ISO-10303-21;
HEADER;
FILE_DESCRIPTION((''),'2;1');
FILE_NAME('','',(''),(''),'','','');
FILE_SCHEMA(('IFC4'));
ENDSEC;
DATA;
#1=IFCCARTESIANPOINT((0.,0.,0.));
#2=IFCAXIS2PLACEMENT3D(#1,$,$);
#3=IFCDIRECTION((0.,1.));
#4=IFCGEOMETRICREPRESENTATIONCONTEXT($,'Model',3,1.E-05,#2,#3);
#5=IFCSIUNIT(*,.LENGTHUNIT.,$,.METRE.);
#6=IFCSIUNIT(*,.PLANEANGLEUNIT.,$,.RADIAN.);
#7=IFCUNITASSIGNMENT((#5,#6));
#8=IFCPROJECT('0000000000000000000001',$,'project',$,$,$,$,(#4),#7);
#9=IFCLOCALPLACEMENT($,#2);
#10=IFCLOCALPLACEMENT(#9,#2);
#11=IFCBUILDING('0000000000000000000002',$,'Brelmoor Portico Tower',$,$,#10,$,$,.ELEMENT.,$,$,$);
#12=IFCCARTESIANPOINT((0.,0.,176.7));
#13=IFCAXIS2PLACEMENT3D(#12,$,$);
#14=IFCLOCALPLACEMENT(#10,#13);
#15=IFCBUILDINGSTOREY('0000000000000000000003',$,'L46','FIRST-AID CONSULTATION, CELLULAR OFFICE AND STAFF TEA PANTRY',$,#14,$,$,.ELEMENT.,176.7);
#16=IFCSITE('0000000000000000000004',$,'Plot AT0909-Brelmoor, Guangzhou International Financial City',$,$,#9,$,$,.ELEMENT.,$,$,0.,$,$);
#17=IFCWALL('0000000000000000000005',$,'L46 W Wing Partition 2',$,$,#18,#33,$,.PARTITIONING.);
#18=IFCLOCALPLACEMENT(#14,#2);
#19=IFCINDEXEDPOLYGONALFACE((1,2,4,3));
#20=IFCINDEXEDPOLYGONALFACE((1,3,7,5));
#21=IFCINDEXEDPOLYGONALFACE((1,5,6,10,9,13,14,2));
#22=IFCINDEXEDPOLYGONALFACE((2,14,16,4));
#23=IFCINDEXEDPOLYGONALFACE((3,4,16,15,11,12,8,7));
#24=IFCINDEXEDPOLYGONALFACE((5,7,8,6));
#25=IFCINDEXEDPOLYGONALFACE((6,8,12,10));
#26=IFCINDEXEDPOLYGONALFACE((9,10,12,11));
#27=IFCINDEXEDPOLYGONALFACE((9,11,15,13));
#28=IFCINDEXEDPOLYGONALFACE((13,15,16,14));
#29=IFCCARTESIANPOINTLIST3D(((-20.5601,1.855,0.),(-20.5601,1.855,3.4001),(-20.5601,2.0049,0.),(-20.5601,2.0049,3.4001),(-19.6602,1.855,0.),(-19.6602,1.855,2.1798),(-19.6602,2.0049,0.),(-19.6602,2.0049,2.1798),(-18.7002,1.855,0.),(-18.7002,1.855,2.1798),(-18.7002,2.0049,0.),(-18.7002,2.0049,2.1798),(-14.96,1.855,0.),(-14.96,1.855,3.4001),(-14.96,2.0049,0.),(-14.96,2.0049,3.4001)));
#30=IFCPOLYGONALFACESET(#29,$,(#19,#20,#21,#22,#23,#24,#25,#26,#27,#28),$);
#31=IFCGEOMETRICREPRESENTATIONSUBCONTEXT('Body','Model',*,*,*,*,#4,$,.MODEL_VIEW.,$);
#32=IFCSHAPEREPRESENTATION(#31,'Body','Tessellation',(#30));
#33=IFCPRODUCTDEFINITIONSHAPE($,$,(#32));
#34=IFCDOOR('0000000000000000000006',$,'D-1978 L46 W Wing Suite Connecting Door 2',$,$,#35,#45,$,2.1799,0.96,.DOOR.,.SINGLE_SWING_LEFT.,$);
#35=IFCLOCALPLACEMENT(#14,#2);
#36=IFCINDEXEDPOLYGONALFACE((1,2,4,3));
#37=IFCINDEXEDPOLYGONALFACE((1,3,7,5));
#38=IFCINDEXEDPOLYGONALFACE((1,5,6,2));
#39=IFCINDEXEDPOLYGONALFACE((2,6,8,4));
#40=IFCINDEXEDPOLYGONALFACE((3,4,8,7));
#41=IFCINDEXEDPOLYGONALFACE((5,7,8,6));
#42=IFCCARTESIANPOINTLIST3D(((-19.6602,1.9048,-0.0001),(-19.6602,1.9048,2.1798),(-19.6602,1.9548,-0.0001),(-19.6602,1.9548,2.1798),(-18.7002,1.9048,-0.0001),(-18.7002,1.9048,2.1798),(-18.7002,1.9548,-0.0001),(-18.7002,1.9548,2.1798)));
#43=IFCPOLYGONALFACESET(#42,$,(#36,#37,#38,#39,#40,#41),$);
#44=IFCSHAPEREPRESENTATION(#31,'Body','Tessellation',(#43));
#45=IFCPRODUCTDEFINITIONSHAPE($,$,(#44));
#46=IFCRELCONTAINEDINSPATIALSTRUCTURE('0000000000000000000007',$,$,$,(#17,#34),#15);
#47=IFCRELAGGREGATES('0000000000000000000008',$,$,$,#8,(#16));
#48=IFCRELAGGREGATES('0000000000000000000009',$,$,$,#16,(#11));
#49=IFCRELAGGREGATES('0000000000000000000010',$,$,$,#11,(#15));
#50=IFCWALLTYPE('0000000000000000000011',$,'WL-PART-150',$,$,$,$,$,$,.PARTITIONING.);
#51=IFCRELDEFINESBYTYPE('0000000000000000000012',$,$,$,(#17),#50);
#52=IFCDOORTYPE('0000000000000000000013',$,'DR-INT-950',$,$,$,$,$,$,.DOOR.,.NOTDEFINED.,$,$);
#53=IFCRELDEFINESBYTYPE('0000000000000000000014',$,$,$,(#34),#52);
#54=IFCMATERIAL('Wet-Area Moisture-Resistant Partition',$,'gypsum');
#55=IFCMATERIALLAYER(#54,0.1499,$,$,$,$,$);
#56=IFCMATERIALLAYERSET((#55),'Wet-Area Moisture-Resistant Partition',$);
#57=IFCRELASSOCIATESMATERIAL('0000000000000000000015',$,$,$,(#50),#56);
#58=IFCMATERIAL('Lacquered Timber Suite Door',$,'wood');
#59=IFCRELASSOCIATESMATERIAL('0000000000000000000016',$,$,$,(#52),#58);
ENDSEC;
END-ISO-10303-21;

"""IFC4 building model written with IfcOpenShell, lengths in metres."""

from ifc_helpers import new_model, si_unit, direction, frame, frame_2d, origin, place, context, subcontext, project, spatial, rectangle, extrude, material, layer, layer_set, type_object, element, fill, save


model = new_model("IFC4")

# Units and contexts
model_context = context("Model", 3, precision=1e-05, world=origin(), true_north=direction((0.0, 1.0)))
body_context = subcontext(model_context, "Body", "Model", "MODEL_VIEW")
ifc_project = project(units=[si_unit("LENGTHUNIT", "METRE"), si_unit("PLANEANGLEUNIT", "RADIAN")], contexts=[model_context])

# Site, building, storey
site_placement = place(None, origin())
site = spatial("IfcSite", under=ifc_project, at=site_placement, Name="Plot AT0909-Brelmoor, Guangzhou International Financial City", CompositionType="ELEMENT", RefElevation=0.0)
building_placement = place(site_placement, origin())
building = spatial("IfcBuilding", under=site, at=building_placement, Name="Brelmoor Portico Tower", CompositionType="ELEMENT")
storey_placement = place(building_placement, frame((0.0, 0.0, 176.7)))
storey = spatial("IfcBuildingStorey", under=building, at=storey_placement, Name="L46", Description="FIRST-AID CONSULTATION, CELLULAR OFFICE AND STAFF TEA PANTRY", CompositionType="ELEMENT", Elevation=176.7)

# Wall, opening, door
ifc_material_1 = material(Name="Wet-Area Moisture-Resistant Partition", Category="gypsum")
ifc_layer_1 = layer(ifc_material_1, 0.1499)
ifc_layer_set_1 = layer_set([ifc_layer_1], Name="Wet-Area Moisture-Resistant Partition")
wall_type_1 = type_object("IfcWallType", Name="WL-PART-150", PredefinedType="PARTITIONING", material=ifc_layer_set_1)
wall_1_placement = place(storey_placement, frame((-20.5601, 1.9299, 0.0), z_axis=(0.0, 0.0, 1.0), x_axis=(1.0, 0.0, 0.0)))
wall_1 = element("IfcWall", 1, at=wall_1_placement, inside=storey, type_object=wall_type_1, Name="L46 W Wing Partition 2", PredefinedType="PARTITIONING", context=body_context, shape_type="SweptSolid", body=[
    extrude(rectangle(XDim=5.6001, YDim=0.1499, at=frame_2d((2.8, 0.0))), origin(), (0.0, 0.0, 1.0), 3.4001),
])
opening_1_placement = place(wall_1_placement, frame((0.8999, 0.0, 0.0)))
opening_1 = element("IfcOpeningElement", 2, at=opening_1_placement, cuts=wall_1, PredefinedType="OPENING", context=body_context, shape_type="SweptSolid", body=[
    extrude(rectangle(XDim=0.96, YDim=2.1799, at=frame_2d((0.48, 1.0898))), frame((0.0, 0.085, 0.0), z_axis=(0.0, -1.0, 0.0), x_axis=(1.0, 0.0, 0.0)), (0.0, 0.0, 1.0), 0.1699),
])
ifc_material_2 = material(Name="Lacquered Timber Suite Door", Category="wood")
door_type_1 = type_object("IfcDoorType", Name="DR-INT-950", OperationType="NOTDEFINED", PredefinedType="DOOR", material=ifc_material_2)
door_1_placement = place(opening_1_placement, origin())
door_1 = element("IfcDoor", 3, at=door_1_placement, inside=storey, type_object=door_type_1, Name="D-1978 L46 W Wing Suite Connecting Door 2", OperationType="SINGLE_SWING_LEFT", OverallHeight=2.1799, OverallWidth=0.96, PredefinedType="DOOR", context=body_context, shape_type="SweptSolid", body=[
    extrude(rectangle(XDim=0.96, YDim=2.1799, at=frame_2d((0.48, 1.0898))), frame((0.0, 0.0249, 0.0), z_axis=(0.0, -1.0, 0.0), x_axis=(1.0, 0.0, 0.0)), (0.0, 0.0, 1.0), 0.05),
])
fill(opening_1, door_1)

save(model, "model.ifc")
